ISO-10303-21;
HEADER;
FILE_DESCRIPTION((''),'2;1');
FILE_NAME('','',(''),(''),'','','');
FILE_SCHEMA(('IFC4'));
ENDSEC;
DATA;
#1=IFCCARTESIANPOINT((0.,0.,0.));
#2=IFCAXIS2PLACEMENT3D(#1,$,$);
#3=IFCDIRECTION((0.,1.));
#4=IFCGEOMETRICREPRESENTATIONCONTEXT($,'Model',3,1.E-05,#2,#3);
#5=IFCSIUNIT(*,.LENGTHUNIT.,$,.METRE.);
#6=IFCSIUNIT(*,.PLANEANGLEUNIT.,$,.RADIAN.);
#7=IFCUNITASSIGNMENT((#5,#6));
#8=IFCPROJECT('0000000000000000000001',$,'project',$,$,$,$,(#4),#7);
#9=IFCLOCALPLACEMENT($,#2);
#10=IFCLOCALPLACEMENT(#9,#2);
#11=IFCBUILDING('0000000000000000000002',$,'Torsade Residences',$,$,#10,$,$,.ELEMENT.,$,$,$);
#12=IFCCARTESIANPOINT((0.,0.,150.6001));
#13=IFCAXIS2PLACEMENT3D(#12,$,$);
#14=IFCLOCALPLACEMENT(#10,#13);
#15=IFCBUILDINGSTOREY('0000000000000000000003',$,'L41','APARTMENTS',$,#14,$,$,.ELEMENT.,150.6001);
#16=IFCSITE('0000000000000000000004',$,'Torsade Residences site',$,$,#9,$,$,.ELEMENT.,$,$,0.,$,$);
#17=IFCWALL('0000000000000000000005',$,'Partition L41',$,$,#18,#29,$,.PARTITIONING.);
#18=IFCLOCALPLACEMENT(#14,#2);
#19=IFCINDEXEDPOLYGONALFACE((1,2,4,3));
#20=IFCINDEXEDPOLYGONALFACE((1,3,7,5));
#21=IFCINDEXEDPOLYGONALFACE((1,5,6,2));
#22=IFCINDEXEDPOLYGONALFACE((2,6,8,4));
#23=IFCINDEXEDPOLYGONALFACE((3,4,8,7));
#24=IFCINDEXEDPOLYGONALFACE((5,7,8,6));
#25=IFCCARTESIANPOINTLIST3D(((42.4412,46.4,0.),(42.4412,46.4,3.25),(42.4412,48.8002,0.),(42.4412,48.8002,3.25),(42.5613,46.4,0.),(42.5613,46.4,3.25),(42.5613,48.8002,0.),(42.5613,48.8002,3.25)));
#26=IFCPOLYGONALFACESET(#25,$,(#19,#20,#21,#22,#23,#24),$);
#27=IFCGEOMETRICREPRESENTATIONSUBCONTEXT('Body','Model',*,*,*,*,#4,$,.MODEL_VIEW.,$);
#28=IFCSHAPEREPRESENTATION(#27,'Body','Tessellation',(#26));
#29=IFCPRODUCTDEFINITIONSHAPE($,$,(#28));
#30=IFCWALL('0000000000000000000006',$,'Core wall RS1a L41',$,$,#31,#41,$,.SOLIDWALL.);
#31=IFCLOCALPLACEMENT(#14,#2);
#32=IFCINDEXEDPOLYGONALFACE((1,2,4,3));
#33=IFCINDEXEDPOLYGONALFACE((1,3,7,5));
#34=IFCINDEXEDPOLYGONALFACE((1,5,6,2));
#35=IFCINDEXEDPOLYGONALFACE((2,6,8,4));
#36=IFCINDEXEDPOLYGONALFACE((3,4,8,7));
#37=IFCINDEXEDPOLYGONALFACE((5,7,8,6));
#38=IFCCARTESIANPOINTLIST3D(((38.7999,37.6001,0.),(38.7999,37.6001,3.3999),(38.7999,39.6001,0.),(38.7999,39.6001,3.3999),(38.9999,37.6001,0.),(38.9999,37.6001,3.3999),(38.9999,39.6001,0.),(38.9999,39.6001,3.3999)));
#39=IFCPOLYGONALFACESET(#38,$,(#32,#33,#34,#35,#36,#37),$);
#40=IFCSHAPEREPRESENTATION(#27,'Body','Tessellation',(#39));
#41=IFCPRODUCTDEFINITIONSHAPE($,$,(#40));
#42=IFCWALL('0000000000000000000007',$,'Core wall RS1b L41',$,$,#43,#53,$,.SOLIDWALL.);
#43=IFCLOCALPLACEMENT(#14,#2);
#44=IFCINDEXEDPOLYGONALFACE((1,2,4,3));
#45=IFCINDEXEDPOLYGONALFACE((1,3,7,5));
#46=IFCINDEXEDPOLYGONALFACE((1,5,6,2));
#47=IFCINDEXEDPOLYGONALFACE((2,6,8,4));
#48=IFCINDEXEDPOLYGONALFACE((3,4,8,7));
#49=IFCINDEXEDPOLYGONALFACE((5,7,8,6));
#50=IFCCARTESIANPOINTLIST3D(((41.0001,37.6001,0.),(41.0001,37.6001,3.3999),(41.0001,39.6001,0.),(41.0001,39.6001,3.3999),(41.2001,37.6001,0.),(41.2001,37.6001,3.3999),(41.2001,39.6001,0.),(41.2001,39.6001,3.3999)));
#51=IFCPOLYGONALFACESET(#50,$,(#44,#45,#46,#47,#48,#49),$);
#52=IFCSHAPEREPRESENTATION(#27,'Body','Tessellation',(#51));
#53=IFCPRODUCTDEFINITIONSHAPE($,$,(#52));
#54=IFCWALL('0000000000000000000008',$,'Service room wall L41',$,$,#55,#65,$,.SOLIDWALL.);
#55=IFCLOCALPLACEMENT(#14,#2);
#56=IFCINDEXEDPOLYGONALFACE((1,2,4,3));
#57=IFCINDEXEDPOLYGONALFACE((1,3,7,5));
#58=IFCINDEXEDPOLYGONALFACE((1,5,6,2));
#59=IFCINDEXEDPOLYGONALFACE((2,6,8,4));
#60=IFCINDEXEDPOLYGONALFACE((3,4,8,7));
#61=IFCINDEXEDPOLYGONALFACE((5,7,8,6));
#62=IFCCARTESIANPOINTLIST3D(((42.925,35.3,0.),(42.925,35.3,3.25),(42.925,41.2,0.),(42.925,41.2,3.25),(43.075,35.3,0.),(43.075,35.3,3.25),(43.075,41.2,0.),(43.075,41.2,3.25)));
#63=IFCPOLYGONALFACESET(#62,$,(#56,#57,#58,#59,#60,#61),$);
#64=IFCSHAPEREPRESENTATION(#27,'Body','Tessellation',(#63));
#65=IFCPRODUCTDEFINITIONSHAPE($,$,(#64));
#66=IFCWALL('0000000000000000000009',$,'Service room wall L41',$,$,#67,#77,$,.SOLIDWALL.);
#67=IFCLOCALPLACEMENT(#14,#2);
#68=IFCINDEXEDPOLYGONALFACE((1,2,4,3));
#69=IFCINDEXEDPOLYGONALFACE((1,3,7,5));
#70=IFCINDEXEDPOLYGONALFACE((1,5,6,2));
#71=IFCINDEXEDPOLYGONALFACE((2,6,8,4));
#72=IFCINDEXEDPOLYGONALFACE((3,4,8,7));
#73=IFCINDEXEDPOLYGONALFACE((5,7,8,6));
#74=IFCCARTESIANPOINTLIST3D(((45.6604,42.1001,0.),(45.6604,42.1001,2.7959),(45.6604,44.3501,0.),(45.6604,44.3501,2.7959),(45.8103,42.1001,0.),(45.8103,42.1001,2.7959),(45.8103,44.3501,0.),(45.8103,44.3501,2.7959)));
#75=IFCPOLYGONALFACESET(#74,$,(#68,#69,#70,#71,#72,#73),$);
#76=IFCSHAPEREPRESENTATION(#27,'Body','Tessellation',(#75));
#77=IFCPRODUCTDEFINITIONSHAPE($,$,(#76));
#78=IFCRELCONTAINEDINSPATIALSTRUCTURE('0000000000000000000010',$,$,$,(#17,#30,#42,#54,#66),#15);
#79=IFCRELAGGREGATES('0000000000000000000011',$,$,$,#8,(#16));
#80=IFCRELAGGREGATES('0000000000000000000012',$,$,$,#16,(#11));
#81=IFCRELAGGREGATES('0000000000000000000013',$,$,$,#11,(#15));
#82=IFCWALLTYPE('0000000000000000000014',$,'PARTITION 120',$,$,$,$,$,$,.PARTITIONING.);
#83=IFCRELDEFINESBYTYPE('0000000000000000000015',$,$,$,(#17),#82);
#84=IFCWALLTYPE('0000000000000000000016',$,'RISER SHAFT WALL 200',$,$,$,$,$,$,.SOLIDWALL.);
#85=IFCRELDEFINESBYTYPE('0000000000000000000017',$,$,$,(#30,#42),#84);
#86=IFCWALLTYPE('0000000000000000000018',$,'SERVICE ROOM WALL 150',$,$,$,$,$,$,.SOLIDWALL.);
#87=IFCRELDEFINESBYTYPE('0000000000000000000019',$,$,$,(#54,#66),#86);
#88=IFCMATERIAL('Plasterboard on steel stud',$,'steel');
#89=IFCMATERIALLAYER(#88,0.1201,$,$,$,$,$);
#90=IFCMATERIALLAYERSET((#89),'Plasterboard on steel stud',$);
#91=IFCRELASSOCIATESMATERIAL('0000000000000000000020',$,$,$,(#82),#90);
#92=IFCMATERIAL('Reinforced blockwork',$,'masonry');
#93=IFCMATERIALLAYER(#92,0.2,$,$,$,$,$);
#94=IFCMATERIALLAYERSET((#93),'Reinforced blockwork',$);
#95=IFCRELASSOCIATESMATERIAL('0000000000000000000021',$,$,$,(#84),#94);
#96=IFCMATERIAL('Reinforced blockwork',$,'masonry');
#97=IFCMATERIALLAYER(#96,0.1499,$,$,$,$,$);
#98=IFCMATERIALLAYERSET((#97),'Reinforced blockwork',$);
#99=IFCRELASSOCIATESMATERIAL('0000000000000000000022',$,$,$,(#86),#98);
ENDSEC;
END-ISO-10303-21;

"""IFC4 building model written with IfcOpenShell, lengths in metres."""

from ifc_helpers import new_model, si_unit, direction, frame, frame_2d, origin, place, context, subcontext, project, spatial, rectangle, extrude, material, layer, layer_set, type_object, element, save


model = new_model("IFC4")

# Units and contexts
model_context = context("Model", 3, precision=1e-05, world=origin(), true_north=direction((0.0, 1.0)))
body_context = subcontext(model_context, "Body", "Model", "MODEL_VIEW")
ifc_project = project(units=[si_unit("LENGTHUNIT", "METRE"), si_unit("PLANEANGLEUNIT", "RADIAN")], contexts=[model_context])

# Site, building, storey
site_placement = place(None, origin())
site = spatial("IfcSite", under=ifc_project, at=site_placement, Name="Torsade Residences site", CompositionType="ELEMENT", RefElevation=0.0)
building_placement = place(site_placement, origin())
building = spatial("IfcBuilding", under=site, at=building_placement, Name="Torsade Residences", CompositionType="ELEMENT")
storey_placement = place(building_placement, frame((0.0, 0.0, 150.6001)))
storey = spatial("IfcBuildingStorey", under=building, at=storey_placement, Name="L41", Description="APARTMENTS", CompositionType="ELEMENT", Elevation=150.6001)

# Shared definitions
ifc_material_1 = material(Name="Plasterboard on steel stud", Category="steel")
ifc_layer_1 = layer(ifc_material_1, 0.1201)
ifc_layer_set_1 = layer_set([ifc_layer_1], Name="Plasterboard on steel stud")
wall_type_1 = type_object("IfcWallType", Name="PARTITION 120", PredefinedType="PARTITIONING", material=ifc_layer_set_1)

# Walls
wall_1_placement = place(storey_placement, frame((42.5012, 46.3999, 0.0), z_axis=(0.0, 0.0, 1.0), x_axis=(0.0, 1.0, 0.0)))
element("IfcWall", 1, at=wall_1_placement, inside=storey, type_object=wall_type_1, Name="Partition L41", PredefinedType="PARTITIONING", context=body_context, shape_type="SweptSolid", body=[
    extrude(rectangle(XDim=2.4001, YDim=0.1201, at=frame_2d((1.2002, 0.0))), origin(), (0.0, 0.0, 1.0), 3.25),
])
ifc_material_2 = material(Name="Reinforced blockwork", Category="masonry")
ifc_layer_2 = layer(ifc_material_2, 0.2)
ifc_layer_set_2 = layer_set([ifc_layer_2], Name="Reinforced blockwork")
wall_type_2 = type_object("IfcWallType", Name="RISER SHAFT WALL 200", PredefinedType="SOLIDWALL", material=ifc_layer_set_2)
for number, where, z_axis, x_axis, name in (
    (2, (38.8999, 37.6001, 0.0), (0.0, 0.0, 1.0), (0.0, 1.0, 0.0), "Core wall RS1a L41"),
    (3, (41.1001, 37.6001, 0.0), (0.0, 0.0, 1.0), (0.0, 1.0, 0.0), "Core wall RS1b L41"),
):
    element("IfcWall", number, at=place(storey_placement, frame(where, z_axis=z_axis, x_axis=x_axis)), inside=storey, type_object=wall_type_2, Name=name, PredefinedType="SOLIDWALL", context=body_context, shape_type="SweptSolid", body=[
        extrude(rectangle(XDim=2.0, YDim=0.2, at=frame_2d((1.0, 0.0))), origin(), (0.0, 0.0, 1.0), 3.3999),
    ])
ifc_material_3 = material(Name="Reinforced blockwork", Category="masonry")
ifc_layer_3 = layer(ifc_material_3, 0.1499)
ifc_layer_set_3 = layer_set([ifc_layer_3], Name="Reinforced blockwork")
wall_type_3 = type_object("IfcWallType", Name="SERVICE ROOM WALL 150", PredefinedType="SOLIDWALL", material=ifc_layer_set_3)
wall_2_placement = place(storey_placement, frame((43.0, 41.2, 0.0), z_axis=(0.0, 0.0, 1.0), x_axis=(0.0, -1.0, 0.0)))
element("IfcWall", 4, at=wall_2_placement, inside=storey, type_object=wall_type_3, Name="Service room wall L41", PredefinedType="SOLIDWALL", context=body_context, shape_type="SweptSolid", body=[
    extrude(rectangle(XDim=5.8999, YDim=0.1499, at=frame_2d((2.95, 0.0))), origin(), (0.0, 0.0, 1.0), 3.25),
])
wall_3_placement = place(storey_placement, frame((45.7354, 42.1001, 0.0), z_axis=(0.0, 0.0, 1.0), x_axis=(0.0, 1.0, 0.0)))
element("IfcWall", 5, at=wall_3_placement, inside=storey, type_object=wall_type_3, Name="Service room wall L41", PredefinedType="SOLIDWALL", context=body_context, shape_type="SweptSolid", body=[
    extrude(rectangle(XDim=2.25, YDim=0.1499, at=frame_2d((1.125, 0.0))), origin(), (0.0, 0.0, 1.0), 2.7959),
])

save(model, "model.ifc")
